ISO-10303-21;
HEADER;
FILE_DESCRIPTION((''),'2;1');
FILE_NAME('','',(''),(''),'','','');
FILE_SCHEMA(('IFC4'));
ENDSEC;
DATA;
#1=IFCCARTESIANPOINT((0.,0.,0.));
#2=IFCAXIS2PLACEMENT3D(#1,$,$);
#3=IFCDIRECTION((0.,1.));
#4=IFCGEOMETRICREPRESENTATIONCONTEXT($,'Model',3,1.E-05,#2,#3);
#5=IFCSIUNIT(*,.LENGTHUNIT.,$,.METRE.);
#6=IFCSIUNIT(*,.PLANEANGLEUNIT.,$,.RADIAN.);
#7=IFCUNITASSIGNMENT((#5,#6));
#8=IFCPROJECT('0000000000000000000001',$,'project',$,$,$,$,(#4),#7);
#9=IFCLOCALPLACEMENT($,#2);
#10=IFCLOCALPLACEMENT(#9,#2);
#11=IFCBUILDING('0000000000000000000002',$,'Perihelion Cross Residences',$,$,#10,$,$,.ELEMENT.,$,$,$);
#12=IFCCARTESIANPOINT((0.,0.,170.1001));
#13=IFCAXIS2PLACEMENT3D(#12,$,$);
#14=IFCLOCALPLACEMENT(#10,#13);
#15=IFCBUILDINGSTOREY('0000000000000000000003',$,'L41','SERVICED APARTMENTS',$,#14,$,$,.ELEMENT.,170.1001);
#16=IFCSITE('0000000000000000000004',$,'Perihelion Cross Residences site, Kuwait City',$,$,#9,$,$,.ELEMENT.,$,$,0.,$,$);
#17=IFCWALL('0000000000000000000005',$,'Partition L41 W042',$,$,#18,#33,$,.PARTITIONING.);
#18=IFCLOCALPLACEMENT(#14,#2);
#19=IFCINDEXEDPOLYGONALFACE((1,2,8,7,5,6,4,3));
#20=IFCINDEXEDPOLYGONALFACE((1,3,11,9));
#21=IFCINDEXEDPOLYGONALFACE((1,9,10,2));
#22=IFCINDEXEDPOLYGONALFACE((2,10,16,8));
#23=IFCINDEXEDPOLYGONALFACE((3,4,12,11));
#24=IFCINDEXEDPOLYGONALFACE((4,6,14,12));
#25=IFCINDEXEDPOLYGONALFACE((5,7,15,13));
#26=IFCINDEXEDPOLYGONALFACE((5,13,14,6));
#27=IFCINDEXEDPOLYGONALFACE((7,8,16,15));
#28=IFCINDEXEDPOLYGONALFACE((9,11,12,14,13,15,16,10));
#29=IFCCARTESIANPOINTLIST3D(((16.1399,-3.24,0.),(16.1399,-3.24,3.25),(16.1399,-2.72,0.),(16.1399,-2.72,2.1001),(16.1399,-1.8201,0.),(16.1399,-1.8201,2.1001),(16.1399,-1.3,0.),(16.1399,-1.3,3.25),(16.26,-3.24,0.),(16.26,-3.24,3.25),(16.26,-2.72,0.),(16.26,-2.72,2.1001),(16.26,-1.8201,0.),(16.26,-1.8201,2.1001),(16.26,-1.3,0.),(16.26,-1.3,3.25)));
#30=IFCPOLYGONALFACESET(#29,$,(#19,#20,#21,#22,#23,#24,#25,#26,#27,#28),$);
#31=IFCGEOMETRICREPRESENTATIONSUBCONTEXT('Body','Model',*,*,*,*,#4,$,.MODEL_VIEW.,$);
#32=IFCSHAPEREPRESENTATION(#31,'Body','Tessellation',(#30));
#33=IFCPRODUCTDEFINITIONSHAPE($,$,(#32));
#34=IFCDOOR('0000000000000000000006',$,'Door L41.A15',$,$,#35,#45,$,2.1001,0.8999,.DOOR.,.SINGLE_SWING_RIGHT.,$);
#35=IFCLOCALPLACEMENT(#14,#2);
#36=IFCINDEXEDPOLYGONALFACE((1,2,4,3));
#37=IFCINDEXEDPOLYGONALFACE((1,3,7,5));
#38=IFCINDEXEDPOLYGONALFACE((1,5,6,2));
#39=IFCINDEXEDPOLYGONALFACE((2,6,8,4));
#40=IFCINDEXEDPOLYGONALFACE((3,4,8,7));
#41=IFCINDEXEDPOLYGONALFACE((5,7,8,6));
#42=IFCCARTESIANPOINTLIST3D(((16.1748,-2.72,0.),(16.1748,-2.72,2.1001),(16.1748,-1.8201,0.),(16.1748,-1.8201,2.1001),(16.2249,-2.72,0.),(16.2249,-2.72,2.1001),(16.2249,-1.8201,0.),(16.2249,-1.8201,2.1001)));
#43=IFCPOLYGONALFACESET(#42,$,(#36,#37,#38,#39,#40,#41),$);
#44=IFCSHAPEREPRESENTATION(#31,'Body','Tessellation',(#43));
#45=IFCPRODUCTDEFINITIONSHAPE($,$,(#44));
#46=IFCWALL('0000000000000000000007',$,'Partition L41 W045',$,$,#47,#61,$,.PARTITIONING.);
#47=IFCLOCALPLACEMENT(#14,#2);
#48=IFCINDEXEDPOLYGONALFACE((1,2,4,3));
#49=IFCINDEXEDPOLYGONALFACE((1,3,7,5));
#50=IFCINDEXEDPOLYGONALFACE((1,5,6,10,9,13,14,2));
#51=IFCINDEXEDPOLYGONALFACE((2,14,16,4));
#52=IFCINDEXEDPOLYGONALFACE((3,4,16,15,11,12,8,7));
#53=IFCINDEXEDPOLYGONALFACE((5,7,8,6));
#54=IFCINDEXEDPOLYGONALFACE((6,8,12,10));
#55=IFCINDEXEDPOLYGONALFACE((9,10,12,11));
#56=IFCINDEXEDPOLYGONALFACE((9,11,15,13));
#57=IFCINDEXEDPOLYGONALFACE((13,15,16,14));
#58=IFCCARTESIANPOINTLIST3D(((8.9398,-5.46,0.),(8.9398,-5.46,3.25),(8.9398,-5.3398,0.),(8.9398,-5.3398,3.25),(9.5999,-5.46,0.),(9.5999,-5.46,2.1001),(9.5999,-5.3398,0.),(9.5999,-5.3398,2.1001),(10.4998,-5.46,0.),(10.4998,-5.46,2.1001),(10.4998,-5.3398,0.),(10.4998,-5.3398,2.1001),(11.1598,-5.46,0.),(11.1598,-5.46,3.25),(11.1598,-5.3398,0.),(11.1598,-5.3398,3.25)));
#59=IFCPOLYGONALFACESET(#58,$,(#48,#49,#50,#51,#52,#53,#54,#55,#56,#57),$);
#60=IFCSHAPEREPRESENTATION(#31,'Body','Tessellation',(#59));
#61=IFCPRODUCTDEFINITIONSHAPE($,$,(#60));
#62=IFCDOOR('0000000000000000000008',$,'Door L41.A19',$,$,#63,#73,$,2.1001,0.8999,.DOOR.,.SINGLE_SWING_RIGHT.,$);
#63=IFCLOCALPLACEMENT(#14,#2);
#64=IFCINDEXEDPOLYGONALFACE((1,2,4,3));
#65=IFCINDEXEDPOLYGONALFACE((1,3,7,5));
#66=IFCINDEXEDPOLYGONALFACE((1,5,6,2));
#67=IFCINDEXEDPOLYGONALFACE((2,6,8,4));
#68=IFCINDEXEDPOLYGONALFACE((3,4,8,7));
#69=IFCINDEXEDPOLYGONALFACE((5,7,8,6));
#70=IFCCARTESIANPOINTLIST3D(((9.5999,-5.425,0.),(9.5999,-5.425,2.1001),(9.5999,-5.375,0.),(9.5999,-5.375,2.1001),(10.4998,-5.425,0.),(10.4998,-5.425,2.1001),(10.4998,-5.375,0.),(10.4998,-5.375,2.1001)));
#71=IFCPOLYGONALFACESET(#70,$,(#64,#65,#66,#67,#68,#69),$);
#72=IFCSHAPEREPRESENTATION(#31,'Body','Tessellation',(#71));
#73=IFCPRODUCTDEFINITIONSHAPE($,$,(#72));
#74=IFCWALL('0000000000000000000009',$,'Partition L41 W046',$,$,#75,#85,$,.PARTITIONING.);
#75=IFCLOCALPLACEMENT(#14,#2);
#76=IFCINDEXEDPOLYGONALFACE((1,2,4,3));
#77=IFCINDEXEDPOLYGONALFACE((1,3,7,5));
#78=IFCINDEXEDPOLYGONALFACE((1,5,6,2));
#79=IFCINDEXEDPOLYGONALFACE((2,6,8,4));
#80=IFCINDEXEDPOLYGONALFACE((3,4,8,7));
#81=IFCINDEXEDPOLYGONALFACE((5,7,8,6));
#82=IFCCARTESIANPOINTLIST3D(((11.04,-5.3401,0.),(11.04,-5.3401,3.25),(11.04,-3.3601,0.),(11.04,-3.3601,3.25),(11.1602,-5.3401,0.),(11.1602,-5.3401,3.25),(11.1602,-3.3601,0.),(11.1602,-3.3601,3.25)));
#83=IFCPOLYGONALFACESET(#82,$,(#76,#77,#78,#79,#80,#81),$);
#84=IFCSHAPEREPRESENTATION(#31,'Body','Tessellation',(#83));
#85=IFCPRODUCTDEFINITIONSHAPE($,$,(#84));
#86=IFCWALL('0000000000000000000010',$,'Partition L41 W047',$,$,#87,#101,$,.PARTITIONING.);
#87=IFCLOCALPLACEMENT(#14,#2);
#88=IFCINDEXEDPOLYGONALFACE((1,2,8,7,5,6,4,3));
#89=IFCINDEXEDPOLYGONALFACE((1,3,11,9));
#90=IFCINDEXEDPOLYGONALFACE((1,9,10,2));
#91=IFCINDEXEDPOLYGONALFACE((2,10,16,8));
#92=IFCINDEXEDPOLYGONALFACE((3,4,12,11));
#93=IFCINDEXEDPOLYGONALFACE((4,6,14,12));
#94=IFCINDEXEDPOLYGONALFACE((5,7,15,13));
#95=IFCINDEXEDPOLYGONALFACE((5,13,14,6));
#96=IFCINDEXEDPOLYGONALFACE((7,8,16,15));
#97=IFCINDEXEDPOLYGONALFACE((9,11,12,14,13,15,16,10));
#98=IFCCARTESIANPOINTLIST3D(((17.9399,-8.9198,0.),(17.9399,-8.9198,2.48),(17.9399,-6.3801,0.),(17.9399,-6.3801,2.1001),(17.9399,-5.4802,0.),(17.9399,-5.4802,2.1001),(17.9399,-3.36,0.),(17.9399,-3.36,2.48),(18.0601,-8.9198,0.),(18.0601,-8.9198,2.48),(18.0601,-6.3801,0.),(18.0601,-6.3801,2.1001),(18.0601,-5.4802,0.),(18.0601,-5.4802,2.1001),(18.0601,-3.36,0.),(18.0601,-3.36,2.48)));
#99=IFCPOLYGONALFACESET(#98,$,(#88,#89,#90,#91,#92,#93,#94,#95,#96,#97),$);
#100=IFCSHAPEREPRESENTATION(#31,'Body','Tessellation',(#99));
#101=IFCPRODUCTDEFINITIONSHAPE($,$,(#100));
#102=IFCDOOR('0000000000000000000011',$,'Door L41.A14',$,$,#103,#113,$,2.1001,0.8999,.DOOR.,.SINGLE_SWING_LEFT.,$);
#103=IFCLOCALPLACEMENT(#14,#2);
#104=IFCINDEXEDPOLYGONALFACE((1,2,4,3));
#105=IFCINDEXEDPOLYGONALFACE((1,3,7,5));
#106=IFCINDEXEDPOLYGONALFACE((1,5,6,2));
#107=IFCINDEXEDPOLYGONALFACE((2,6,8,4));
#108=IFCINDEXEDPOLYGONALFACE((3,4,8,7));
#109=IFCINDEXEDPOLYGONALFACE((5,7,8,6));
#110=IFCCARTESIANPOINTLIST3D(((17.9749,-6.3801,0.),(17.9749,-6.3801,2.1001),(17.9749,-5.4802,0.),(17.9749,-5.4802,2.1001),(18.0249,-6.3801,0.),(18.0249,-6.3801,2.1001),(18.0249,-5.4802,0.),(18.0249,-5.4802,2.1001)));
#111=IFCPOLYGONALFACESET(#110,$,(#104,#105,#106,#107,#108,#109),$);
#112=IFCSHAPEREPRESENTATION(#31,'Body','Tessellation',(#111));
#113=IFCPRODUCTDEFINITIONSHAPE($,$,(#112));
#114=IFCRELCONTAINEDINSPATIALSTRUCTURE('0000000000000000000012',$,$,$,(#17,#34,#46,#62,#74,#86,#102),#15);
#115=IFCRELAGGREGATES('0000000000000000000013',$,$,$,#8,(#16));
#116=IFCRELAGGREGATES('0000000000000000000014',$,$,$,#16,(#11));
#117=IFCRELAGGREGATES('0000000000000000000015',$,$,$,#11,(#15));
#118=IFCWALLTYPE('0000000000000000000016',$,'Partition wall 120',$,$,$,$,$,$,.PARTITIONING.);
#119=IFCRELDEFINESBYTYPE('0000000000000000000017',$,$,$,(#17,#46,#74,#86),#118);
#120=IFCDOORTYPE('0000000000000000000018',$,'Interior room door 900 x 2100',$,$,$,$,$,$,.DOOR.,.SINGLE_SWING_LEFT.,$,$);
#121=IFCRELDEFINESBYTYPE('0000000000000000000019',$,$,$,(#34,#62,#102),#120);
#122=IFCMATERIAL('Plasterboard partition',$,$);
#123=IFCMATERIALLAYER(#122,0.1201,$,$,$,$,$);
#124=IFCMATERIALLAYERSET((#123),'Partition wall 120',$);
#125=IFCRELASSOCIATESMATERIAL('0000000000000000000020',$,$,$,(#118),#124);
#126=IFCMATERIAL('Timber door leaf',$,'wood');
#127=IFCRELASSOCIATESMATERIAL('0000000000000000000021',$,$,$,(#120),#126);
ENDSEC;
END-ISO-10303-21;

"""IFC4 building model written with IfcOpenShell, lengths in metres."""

from ifc_helpers import new_model, si_unit, direction, frame, frame_2d, origin, place, context, subcontext, project, spatial, rectangle, extrude, material, layer, layer_set, type_object, element, fill, save


model = new_model("IFC4")

# Units and contexts
model_context = context("Model", 3, precision=1e-05, world=origin(), true_north=direction((0.0, 1.0)))
body_context = subcontext(model_context, "Body", "Model", "MODEL_VIEW")
ifc_project = project(units=[si_unit("LENGTHUNIT", "METRE"), si_unit("PLANEANGLEUNIT", "RADIAN")], contexts=[model_context])

# Site, building, storey
site_placement = place(None, origin())
site = spatial("IfcSite", under=ifc_project, at=site_placement, Name="Perihelion Cross Residences site, Kuwait City", CompositionType="ELEMENT", RefElevation=0.0)
building_placement = place(site_placement, origin())
building = spatial("IfcBuilding", under=site, at=building_placement, Name="Perihelion Cross Residences", CompositionType="ELEMENT")
storey_placement = place(building_placement, frame((0.0, 0.0, 170.1001)))
storey = spatial("IfcBuildingStorey", under=building, at=storey_placement, Name="L41", Description="SERVICED APARTMENTS", CompositionType="ELEMENT", Elevation=170.1001)

# Shared definitions
ifc_material_1 = material(Name="Plasterboard partition")
ifc_layer_1 = layer(ifc_material_1, 0.1201)
ifc_layer_set_1 = layer_set([ifc_layer_1], Name="Partition wall 120")
wall_type_1 = type_object("IfcWallType", Name="Partition wall 120", PredefinedType="PARTITIONING", material=ifc_layer_set_1)

# Walls, openings, doors
wall_1_placement = place(storey_placement, frame((16.2, -1.3, 0.0), z_axis=(0.0, 0.0, 1.0), x_axis=(0.0, -1.0, 0.0)))
wall_1 = element("IfcWall", 1, at=wall_1_placement, inside=storey, type_object=wall_type_1, Name="Partition L41 W042", PredefinedType="PARTITIONING", context=body_context, shape_type="SweptSolid", body=[
    extrude(rectangle(XDim=1.9399, YDim=0.1201, at=frame_2d((0.97, 0.0))), origin(), (0.0, 0.0, 1.0), 3.25),
])
opening_1_placement = place(wall_1_placement, frame((0.52, 0.0, 0.0)))
opening_1 = element("IfcOpeningElement", 2, at=opening_1_placement, cuts=wall_1, PredefinedType="OPENING", context=body_context, shape_type="SweptSolid", body=[
    extrude(rectangle(XDim=0.8999, YDim=2.1001, at=frame_2d((0.45, 1.05))), frame((0.0, 0.0701, 0.0), z_axis=(0.0, -1.0, 0.0), x_axis=(1.0, 0.0, 0.0)), (0.0, 0.0, 1.0), 0.1401),
])
ifc_material_2 = material(Name="Timber door leaf", Category="wood")
door_type_1 = type_object("IfcDoorType", Name="Interior room door 900 x 2100", OperationType="SINGLE_SWING_LEFT", PredefinedType="DOOR", material=ifc_material_2)
door_1_placement = place(opening_1_placement, origin())
door_1 = element("IfcDoor", 3, at=door_1_placement, inside=storey, type_object=door_type_1, Name="Door L41.A15", OperationType="SINGLE_SWING_RIGHT", OverallHeight=2.1001, OverallWidth=0.8999, PredefinedType="DOOR", context=body_context, shape_type="SweptSolid", body=[
    extrude(rectangle(XDim=0.8999, YDim=2.1001, at=frame_2d((0.45, 1.05))), frame((0.0, 0.0249, 0.0), z_axis=(0.0, -1.0, 0.0), x_axis=(1.0, 0.0, 0.0)), (0.0, 0.0, 1.0), 0.05),
])
fill(opening_1, door_1)
wall_2_placement = place(storey_placement, frame((8.9399, -5.3999, 0.0), z_axis=(0.0, 0.0, 1.0), x_axis=(1.0, 0.0, 0.0)))
wall_2 = element("IfcWall", 4, at=wall_2_placement, inside=storey, type_object=wall_type_1, Name="Partition L41 W045", PredefinedType="PARTITIONING", context=body_context, shape_type="SweptSolid", body=[
    extrude(rectangle(XDim=2.22, YDim=0.1201, at=frame_2d((1.1099, 0.0))), origin(), (0.0, 0.0, 1.0), 3.25),
])
opening_2_placement = place(wall_2_placement, frame((0.6599, 0.0, 0.0)))
opening_2 = element("IfcOpeningElement", 5, at=opening_2_placement, cuts=wall_2, PredefinedType="OPENING", context=body_context, shape_type="SweptSolid", body=[
    extrude(rectangle(XDim=0.8999, YDim=2.1001, at=frame_2d((0.45, 1.05))), frame((0.0, 0.0701, 0.0), z_axis=(0.0, -1.0, 0.0), x_axis=(1.0, 0.0, 0.0)), (0.0, 0.0, 1.0), 0.1401),
])
door_2_placement = place(opening_2_placement, origin())
door_2 = element("IfcDoor", 6, at=door_2_placement, inside=storey, type_object=door_type_1, Name="Door L41.A19", OperationType="SINGLE_SWING_RIGHT", OverallHeight=2.1001, OverallWidth=0.8999, PredefinedType="DOOR", context=body_context, shape_type="SweptSolid", body=[
    extrude(rectangle(XDim=0.8999, YDim=2.1001, at=frame_2d((0.45, 1.05))), frame((0.0, 0.0249, 0.0), z_axis=(0.0, -1.0, 0.0), x_axis=(1.0, 0.0, 0.0)), (0.0, 0.0, 1.0), 0.05),
])
fill(opening_2, door_2)

# Wall
wall_3_placement = place(storey_placement, frame((11.1001, -5.3401, 0.0), z_axis=(0.0, 0.0, 1.0), x_axis=(0.0, 1.0, 0.0)))
element("IfcWall", 7, at=wall_3_placement, inside=storey, type_object=wall_type_1, Name="Partition L41 W046", PredefinedType="PARTITIONING", context=body_context, shape_type="SweptSolid", body=[
    extrude(rectangle(XDim=1.98, YDim=0.1201, at=frame_2d((0.99, 0.0))), origin(), (0.0, 0.0, 1.0), 3.25),
])

# Wall, opening, door
wall_4_placement = place(storey_placement, frame((18.0, -3.3601, 0.0), z_axis=(0.0, 0.0, 1.0), x_axis=(0.0, -1.0, 0.0)))
wall_4 = element("IfcWall", 8, at=wall_4_placement, inside=storey, type_object=wall_type_1, Name="Partition L41 W047", PredefinedType="PARTITIONING", context=body_context, shape_type="SweptSolid", body=[
    extrude(rectangle(XDim=5.5598, YDim=0.1201, at=frame_2d((2.7798, 0.0))), origin(), (0.0, 0.0, 1.0), 2.48),
])
opening_3_placement = place(wall_4_placement, frame((2.1201, 0.0, 0.0)))
opening_3 = element("IfcOpeningElement", 9, at=opening_3_placement, cuts=wall_4, PredefinedType="OPENING", context=body_context, shape_type="SweptSolid", body=[
    extrude(rectangle(XDim=0.8999, YDim=2.1001, at=frame_2d((0.45, 1.05))), frame((0.0, 0.0701, 0.0), z_axis=(0.0, -1.0, 0.0), x_axis=(1.0, 0.0, 0.0)), (0.0, 0.0, 1.0), 0.1401),
])
door_3_placement = place(opening_3_placement, origin())
door_3 = element("IfcDoor", 10, at=door_3_placement, inside=storey, type_object=door_type_1, Name="Door L41.A14", OperationType="SINGLE_SWING_LEFT", OverallHeight=2.1001, OverallWidth=0.8999, PredefinedType="DOOR", context=body_context, shape_type="SweptSolid", body=[
    extrude(rectangle(XDim=0.8999, YDim=2.1001, at=frame_2d((0.45, 1.05))), frame((0.0, 0.0249, 0.0), z_axis=(0.0, -1.0, 0.0), x_axis=(1.0, 0.0, 0.0)), (0.0, 0.0, 1.0), 0.05),
])
fill(opening_3, door_3)

save(model, "model.ifc")
